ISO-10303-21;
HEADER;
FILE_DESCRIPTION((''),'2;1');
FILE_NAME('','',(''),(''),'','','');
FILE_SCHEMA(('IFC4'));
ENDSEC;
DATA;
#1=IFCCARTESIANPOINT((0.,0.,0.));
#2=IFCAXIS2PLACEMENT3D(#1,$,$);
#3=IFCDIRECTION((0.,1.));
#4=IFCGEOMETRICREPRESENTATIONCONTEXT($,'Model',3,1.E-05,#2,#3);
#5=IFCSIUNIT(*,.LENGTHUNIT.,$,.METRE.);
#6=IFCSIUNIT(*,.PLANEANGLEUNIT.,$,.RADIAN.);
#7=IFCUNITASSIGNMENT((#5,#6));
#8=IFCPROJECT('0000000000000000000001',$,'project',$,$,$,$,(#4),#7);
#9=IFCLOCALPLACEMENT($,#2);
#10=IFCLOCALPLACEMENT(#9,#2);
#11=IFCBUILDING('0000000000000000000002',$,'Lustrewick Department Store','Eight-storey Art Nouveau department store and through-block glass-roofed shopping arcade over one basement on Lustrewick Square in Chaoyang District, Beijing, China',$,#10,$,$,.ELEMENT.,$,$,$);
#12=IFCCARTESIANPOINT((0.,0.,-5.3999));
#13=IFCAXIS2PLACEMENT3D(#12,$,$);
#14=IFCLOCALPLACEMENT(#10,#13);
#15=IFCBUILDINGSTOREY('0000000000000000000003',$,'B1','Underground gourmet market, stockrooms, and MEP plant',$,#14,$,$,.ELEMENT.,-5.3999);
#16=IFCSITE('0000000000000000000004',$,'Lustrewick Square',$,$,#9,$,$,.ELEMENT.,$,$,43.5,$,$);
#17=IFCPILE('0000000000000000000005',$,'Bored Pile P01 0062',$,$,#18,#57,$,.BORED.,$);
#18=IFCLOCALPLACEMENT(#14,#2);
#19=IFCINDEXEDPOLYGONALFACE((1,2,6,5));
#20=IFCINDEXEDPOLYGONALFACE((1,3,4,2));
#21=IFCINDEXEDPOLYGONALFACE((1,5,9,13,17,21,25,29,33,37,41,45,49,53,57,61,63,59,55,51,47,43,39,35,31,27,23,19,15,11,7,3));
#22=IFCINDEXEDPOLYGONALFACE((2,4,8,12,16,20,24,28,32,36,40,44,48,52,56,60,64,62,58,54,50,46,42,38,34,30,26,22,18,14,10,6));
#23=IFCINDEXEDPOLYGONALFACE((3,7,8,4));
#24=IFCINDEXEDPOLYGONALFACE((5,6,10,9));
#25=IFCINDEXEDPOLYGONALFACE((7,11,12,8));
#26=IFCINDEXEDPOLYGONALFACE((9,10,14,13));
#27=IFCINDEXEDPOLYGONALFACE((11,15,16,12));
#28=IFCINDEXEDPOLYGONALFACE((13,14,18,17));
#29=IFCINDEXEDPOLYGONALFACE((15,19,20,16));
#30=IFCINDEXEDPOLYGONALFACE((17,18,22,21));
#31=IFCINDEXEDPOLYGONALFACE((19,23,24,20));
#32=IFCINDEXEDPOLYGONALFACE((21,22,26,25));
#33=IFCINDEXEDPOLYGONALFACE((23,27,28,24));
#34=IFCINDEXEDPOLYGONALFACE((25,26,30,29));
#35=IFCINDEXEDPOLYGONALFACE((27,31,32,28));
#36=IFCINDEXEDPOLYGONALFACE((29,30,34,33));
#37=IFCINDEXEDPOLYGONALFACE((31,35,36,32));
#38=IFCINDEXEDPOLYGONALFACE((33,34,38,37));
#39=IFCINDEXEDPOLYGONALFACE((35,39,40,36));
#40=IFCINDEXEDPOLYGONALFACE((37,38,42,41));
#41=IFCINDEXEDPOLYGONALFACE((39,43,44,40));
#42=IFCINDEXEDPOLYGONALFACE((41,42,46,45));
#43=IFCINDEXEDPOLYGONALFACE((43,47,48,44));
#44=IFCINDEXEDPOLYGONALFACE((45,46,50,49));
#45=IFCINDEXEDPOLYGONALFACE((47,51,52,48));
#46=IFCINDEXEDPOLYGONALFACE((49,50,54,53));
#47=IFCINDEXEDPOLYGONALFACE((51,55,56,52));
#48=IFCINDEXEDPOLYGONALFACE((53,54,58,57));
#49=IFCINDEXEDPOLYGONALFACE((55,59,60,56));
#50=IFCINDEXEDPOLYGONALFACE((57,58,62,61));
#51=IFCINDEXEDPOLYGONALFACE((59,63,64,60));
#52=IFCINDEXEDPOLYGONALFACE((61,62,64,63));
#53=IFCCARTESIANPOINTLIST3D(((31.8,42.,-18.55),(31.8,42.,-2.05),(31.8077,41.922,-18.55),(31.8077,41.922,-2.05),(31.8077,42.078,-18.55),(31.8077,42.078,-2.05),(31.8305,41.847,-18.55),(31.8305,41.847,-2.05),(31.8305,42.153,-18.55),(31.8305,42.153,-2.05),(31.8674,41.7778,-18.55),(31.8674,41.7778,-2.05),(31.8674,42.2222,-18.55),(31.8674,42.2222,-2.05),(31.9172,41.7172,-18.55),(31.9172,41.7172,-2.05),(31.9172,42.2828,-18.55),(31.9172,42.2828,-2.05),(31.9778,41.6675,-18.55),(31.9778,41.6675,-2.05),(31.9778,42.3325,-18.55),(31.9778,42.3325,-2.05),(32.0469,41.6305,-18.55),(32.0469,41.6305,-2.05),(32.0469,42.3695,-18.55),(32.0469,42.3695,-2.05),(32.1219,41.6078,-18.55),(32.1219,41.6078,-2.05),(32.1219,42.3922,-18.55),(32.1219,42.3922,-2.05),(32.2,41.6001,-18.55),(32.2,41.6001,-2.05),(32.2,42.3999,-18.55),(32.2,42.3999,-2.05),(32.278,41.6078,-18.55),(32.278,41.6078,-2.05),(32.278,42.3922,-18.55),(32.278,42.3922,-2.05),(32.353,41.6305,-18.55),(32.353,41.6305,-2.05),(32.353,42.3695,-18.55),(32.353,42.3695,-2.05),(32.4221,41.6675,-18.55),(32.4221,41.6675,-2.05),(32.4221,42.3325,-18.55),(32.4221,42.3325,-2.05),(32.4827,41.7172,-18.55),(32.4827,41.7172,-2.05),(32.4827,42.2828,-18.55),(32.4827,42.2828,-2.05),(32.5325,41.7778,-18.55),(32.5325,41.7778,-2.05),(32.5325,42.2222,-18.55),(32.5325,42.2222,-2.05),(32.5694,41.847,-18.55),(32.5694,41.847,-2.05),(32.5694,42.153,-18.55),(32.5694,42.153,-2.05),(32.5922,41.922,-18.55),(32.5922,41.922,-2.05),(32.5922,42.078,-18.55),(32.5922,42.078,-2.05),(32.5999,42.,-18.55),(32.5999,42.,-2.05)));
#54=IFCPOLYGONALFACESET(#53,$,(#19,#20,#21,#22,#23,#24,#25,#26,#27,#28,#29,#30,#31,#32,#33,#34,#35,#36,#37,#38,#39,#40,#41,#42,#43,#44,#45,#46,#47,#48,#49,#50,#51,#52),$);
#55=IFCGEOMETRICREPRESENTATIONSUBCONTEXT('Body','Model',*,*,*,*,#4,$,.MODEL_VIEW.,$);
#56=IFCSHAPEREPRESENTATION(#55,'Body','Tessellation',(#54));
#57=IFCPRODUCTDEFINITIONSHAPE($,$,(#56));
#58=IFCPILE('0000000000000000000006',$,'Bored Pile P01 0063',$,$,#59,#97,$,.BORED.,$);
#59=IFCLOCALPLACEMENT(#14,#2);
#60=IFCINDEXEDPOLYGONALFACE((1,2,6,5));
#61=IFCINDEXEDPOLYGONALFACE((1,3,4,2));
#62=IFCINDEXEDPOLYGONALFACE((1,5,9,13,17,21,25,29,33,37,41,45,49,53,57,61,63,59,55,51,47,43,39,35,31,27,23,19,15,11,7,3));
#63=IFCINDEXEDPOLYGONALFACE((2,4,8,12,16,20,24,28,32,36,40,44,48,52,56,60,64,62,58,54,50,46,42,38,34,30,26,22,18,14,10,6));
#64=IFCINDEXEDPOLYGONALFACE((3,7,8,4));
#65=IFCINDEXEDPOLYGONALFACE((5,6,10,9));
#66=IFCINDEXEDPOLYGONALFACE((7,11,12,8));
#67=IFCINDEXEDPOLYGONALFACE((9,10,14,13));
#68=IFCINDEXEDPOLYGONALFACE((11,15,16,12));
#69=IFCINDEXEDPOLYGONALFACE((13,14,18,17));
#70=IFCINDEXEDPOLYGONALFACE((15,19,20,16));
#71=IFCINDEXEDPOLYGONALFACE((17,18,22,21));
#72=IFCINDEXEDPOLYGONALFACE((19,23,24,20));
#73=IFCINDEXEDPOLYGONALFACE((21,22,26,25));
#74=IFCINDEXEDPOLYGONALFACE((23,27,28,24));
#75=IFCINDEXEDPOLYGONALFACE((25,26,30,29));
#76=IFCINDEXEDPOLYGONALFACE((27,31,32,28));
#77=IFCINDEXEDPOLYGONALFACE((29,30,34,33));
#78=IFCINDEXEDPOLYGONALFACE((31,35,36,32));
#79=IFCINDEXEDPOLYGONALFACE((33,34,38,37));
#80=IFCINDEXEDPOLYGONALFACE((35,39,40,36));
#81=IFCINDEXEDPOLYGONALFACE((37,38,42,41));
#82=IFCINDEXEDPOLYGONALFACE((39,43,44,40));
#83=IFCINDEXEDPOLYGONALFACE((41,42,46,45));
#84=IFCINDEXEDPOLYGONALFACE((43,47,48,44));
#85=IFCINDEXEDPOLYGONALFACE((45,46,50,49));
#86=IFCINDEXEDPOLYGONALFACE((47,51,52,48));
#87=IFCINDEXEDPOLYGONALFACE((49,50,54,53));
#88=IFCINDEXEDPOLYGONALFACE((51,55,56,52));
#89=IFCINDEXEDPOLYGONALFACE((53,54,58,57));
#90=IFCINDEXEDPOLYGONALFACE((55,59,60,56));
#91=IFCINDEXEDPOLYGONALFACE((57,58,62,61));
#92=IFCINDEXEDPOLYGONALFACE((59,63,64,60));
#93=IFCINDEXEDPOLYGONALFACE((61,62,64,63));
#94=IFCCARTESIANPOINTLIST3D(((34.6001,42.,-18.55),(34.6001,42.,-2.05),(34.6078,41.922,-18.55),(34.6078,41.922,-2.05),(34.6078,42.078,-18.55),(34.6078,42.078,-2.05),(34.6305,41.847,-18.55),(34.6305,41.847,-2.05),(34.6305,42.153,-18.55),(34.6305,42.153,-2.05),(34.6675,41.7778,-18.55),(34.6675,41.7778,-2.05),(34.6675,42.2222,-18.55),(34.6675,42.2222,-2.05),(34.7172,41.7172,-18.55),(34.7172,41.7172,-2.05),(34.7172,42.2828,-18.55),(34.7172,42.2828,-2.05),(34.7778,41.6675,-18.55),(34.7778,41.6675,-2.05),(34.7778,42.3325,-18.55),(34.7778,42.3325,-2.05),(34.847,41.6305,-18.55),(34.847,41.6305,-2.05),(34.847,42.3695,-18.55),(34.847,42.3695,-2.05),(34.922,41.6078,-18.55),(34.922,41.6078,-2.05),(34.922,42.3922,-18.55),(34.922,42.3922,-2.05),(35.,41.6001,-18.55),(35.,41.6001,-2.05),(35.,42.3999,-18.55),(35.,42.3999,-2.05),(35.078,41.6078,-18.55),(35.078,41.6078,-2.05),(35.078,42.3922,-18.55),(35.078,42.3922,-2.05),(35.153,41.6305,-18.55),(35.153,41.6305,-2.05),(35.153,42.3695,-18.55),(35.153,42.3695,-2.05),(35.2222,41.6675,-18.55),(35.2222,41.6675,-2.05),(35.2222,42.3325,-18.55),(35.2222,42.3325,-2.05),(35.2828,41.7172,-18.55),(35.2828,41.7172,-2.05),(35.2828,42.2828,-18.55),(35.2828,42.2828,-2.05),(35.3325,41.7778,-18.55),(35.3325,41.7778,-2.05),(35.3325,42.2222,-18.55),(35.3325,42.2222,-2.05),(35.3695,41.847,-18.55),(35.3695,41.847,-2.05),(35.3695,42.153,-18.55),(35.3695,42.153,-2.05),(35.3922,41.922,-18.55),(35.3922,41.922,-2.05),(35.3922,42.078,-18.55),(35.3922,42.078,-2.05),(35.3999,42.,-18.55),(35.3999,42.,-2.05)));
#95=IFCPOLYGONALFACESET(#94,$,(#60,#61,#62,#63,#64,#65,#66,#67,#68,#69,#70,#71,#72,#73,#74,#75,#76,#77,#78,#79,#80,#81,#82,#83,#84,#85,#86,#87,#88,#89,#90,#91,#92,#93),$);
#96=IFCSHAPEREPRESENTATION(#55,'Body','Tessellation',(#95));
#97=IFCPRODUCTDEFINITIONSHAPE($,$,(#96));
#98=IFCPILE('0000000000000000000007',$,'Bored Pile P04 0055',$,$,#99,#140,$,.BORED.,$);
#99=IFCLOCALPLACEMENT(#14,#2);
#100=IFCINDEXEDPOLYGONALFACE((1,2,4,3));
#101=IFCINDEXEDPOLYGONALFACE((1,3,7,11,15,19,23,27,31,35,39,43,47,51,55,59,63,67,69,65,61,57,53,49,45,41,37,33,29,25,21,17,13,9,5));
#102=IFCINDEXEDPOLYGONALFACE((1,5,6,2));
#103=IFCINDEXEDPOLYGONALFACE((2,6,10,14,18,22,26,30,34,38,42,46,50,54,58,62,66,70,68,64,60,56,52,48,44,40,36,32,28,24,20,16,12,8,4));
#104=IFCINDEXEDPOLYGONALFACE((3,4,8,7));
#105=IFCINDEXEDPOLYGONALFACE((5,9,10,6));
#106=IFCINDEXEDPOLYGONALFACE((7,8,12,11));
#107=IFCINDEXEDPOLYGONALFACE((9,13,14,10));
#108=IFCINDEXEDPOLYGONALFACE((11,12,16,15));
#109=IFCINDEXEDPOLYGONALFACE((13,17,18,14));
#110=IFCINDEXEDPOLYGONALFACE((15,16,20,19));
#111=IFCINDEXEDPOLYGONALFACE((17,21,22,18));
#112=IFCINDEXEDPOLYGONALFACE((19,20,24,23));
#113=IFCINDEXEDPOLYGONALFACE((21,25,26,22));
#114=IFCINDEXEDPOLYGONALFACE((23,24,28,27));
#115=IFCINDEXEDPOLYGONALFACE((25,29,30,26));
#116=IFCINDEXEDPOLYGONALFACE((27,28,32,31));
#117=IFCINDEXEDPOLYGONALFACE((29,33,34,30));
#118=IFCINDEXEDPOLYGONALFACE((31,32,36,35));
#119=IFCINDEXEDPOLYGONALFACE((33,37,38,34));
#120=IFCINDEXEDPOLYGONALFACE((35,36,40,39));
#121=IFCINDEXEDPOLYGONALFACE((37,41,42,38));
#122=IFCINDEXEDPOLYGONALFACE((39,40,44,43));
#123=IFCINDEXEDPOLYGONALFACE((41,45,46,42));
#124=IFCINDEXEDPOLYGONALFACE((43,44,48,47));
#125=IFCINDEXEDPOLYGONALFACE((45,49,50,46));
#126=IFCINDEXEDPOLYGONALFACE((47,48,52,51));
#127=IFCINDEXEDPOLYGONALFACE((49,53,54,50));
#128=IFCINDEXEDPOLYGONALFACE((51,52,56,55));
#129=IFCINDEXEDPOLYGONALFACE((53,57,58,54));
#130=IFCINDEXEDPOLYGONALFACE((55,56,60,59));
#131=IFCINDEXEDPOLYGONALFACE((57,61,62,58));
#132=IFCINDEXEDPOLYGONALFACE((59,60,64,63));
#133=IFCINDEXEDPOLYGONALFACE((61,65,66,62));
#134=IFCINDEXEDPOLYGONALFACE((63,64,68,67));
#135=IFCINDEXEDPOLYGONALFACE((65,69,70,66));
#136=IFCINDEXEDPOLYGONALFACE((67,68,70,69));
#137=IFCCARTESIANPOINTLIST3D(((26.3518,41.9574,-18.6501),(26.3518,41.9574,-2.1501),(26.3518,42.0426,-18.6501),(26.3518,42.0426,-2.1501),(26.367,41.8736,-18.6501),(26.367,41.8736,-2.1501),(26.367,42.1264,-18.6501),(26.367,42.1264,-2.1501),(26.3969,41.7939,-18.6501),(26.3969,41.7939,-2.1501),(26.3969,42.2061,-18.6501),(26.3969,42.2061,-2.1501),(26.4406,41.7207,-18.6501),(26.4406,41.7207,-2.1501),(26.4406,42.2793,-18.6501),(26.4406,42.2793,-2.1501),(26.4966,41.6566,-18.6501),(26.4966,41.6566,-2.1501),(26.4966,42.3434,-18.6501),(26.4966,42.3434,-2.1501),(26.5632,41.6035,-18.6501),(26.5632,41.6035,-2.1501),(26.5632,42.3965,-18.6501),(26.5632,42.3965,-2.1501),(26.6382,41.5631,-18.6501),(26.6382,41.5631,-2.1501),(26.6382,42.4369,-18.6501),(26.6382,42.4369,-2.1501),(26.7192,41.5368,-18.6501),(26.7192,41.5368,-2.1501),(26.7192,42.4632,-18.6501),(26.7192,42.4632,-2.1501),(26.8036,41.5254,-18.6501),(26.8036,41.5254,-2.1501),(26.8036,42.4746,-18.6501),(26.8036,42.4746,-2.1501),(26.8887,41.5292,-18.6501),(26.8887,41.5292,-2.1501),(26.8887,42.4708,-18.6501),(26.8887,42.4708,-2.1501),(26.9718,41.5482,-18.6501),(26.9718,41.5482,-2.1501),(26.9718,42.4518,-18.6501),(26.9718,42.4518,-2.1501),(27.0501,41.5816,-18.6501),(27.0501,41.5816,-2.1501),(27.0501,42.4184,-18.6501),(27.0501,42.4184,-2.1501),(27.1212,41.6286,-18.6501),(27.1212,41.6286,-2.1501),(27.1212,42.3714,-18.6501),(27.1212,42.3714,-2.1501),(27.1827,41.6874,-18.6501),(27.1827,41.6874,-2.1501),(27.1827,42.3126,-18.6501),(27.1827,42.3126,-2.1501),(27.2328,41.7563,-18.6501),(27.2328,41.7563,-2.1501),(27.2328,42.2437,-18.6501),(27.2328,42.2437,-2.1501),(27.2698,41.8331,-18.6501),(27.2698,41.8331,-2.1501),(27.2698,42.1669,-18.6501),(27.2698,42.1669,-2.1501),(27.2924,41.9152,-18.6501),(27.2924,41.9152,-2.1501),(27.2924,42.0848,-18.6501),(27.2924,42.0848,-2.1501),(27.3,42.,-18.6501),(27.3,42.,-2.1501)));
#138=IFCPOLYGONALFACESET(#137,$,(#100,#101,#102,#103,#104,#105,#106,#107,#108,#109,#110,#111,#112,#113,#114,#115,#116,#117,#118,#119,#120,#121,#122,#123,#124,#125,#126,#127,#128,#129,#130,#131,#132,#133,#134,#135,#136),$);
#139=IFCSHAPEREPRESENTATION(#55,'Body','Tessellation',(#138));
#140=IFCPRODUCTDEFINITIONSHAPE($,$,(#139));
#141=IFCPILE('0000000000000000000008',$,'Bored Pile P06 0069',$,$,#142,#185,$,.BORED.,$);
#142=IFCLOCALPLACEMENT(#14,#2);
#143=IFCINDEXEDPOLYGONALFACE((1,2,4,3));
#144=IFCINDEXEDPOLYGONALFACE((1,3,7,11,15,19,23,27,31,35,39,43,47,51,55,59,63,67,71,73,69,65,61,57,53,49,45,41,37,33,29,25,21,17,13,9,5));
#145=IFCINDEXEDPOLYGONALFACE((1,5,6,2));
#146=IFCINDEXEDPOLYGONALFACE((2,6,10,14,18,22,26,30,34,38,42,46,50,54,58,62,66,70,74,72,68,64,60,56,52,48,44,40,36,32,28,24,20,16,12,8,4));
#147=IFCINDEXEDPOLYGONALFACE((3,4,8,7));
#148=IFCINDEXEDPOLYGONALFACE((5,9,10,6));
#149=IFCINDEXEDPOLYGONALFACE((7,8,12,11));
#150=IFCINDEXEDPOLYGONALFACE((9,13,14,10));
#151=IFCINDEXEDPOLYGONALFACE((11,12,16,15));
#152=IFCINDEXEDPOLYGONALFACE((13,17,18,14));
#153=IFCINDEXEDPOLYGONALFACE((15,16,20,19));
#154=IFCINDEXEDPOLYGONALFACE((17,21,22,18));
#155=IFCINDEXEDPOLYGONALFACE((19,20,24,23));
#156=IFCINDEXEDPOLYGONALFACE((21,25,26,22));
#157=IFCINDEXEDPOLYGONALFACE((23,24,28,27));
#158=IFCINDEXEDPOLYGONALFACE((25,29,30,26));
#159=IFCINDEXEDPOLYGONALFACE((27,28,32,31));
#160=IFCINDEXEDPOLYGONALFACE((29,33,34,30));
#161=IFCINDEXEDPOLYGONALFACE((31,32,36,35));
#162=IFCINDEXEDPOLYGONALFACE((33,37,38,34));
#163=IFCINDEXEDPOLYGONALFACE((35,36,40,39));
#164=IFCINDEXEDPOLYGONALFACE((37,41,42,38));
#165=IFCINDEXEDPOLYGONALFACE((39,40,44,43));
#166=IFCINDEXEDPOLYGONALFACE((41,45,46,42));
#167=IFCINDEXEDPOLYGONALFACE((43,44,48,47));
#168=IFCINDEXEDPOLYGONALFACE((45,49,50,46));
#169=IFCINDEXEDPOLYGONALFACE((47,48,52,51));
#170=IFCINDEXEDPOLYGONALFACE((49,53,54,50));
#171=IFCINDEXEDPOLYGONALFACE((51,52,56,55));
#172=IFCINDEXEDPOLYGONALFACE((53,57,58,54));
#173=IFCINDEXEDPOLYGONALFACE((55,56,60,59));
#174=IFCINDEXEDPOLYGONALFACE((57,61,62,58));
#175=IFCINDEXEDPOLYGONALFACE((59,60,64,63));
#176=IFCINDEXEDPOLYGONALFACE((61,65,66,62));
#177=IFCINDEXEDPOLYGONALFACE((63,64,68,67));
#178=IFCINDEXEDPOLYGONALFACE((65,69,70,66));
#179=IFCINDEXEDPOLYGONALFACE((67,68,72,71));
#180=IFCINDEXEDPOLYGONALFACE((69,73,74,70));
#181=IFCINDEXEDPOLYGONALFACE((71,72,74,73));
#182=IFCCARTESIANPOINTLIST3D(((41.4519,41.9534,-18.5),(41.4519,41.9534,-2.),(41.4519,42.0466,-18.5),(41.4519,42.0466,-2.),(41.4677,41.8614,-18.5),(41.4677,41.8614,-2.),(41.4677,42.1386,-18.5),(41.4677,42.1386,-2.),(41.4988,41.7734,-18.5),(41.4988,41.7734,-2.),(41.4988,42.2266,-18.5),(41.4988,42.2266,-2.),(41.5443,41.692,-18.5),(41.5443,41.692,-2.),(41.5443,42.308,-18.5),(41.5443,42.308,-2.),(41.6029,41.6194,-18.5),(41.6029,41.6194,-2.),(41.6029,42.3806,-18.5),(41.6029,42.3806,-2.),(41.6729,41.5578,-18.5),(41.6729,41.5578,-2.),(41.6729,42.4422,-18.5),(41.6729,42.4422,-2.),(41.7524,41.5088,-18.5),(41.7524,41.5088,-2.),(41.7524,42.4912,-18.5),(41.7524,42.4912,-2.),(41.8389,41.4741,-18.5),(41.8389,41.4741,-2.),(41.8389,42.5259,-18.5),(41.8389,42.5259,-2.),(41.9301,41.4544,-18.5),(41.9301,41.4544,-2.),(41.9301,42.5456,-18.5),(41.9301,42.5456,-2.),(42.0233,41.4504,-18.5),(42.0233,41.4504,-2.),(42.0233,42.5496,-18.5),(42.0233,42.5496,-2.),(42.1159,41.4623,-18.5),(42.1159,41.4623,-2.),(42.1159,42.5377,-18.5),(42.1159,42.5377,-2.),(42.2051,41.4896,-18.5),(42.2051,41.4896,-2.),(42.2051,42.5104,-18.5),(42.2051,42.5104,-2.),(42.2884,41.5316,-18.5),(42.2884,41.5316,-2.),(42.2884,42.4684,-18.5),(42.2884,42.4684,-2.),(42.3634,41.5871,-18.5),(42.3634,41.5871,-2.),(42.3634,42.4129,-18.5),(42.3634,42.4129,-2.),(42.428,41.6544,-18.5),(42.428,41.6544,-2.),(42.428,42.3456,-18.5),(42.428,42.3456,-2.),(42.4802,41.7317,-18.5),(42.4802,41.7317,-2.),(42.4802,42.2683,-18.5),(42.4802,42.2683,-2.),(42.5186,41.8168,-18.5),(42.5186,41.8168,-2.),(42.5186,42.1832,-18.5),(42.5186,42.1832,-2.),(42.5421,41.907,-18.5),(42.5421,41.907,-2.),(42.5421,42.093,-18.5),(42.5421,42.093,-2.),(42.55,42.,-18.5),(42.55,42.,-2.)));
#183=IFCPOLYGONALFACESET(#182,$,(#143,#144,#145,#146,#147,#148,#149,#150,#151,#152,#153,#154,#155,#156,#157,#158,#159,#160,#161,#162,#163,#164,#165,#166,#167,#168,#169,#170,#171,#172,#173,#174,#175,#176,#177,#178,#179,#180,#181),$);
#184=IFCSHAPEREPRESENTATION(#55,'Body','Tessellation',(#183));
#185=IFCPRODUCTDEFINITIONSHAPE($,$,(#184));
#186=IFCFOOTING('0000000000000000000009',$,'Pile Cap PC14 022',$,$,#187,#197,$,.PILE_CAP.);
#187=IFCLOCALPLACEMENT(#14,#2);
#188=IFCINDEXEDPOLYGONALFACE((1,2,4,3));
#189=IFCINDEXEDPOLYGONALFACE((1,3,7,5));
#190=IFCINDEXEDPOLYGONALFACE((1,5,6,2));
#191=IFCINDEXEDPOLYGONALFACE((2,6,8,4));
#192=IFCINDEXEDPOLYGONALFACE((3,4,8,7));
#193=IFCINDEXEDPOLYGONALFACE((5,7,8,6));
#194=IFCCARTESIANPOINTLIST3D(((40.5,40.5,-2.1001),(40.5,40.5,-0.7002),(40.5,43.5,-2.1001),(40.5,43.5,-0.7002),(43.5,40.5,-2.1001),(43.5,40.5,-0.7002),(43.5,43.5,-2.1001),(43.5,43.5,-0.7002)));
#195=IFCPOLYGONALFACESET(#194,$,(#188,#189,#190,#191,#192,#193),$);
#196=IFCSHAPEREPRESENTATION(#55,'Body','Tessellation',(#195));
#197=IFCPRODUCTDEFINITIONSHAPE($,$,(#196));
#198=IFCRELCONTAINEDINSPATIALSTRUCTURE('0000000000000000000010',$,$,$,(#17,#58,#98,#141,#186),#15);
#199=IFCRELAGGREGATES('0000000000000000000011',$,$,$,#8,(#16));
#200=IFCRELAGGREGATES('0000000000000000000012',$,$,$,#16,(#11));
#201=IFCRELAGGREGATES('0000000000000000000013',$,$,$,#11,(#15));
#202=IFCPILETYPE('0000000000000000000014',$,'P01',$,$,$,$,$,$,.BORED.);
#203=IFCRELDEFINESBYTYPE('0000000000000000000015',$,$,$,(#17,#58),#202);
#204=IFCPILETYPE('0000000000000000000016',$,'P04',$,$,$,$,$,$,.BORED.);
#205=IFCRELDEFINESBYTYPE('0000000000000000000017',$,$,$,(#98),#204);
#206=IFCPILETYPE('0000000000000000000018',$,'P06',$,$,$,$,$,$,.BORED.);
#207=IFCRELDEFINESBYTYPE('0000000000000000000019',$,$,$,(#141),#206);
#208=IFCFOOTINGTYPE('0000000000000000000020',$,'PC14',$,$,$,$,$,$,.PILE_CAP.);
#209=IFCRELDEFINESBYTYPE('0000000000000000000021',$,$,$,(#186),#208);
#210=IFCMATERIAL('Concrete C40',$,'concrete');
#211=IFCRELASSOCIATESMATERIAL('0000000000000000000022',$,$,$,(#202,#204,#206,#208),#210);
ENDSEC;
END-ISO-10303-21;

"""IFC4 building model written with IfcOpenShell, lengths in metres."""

from ifc_helpers import new_model, si_unit, direction, frame, origin, origin_2d, place, context, subcontext, project, spatial, rectangle, circle, extrude, material, material_profile, profile_set, type_object, element, save


model = new_model("IFC4")

# Units and contexts
model_context = context("Model", 3, precision=1e-05, world=origin(), true_north=direction((0.0, 1.0)))
body_context = subcontext(model_context, "Body", "Model", "MODEL_VIEW")
ifc_project = project(units=[si_unit("LENGTHUNIT", "METRE"), si_unit("PLANEANGLEUNIT", "RADIAN")], contexts=[model_context])

# Site, building, storey
site_placement = place(None, origin())
site = spatial("IfcSite", under=ifc_project, at=site_placement, Name="Lustrewick Square", CompositionType="ELEMENT", RefElevation=43.5)
building_placement = place(site_placement, origin())
building = spatial("IfcBuilding", under=site, at=building_placement, Name="Lustrewick Department Store", Description="Eight-storey Art Nouveau department store and through-block glass-roofed shopping arcade over one basement on Lustrewick Square in Chaoyang District, Beijing, China", CompositionType="ELEMENT")
storey_placement = place(building_placement, frame((0.0, 0.0, -5.3999)))
storey = spatial("IfcBuildingStorey", under=building, at=storey_placement, Name="B1", Description="Underground gourmet market, stockrooms, and MEP plant", CompositionType="ELEMENT", Elevation=-5.3999)

# Piles
ifc_material_1 = material(Name="Concrete C40", Category="concrete")
ifc_material_profile_1 = material_profile(ifc_material_1, circle(Radius=0.3999, at=origin_2d()), Name="PILE D800")
ifc_profile_set_1 = profile_set([ifc_material_profile_1], Name="Concrete C40")
pile_type_1 = type_object("IfcPileType", Name="P01", PredefinedType="BORED", material=ifc_profile_set_1)
for number, where, z_axis, x_axis, name in (
    (1, (32.2, 42.0, -2.05), (0.0, 0.0, -1.0), (1.0, 0.0, 0.0), "Bored Pile P01 0062"),
    (2, (35.0, 42.0, -2.05), (0.0, 0.0, -1.0), (1.0, 0.0, 0.0), "Bored Pile P01 0063"),
):
    element("IfcPile", number, at=place(storey_placement, frame(where, z_axis=z_axis, x_axis=x_axis)), inside=storey, type_object=pile_type_1, Name=name, PredefinedType="BORED", context=body_context, shape_type="SweptSolid", body=[
        extrude(circle(Radius=0.3999, at=origin_2d()), origin(), (0.0, 0.0, 1.0), 16.5),
    ])
ifc_material_profile_2 = material_profile(ifc_material_1, circle(Radius=0.4751, at=origin_2d()), Name="PILE D950")
ifc_profile_set_2 = profile_set([ifc_material_profile_2], Name="Concrete C40")
pile_type_2 = type_object("IfcPileType", Name="P04", PredefinedType="BORED", material=ifc_profile_set_2)
pile_1_placement = place(storey_placement, frame((26.825, 42.0, -2.1501), z_axis=(0.0, 0.0, -1.0), x_axis=(1.0, 0.0, 0.0)))
element("IfcPile", 3, at=pile_1_placement, inside=storey, type_object=pile_type_2, Name="Bored Pile P04 0055", PredefinedType="BORED", context=body_context, shape_type="SweptSolid", body=[
    extrude(circle(Radius=0.4751, at=origin_2d()), origin(), (0.0, 0.0, 1.0), 16.5),
])
ifc_material_profile_3 = material_profile(ifc_material_1, circle(Radius=0.55, at=origin_2d()), Name="PILE D1100")
ifc_profile_set_3 = profile_set([ifc_material_profile_3], Name="Concrete C40")
pile_type_3 = type_object("IfcPileType", Name="P06", PredefinedType="BORED", material=ifc_profile_set_3)
pile_2_placement = place(storey_placement, frame((42.0, 42.0, -2.0), z_axis=(0.0, 0.0, -1.0), x_axis=(1.0, 0.0, 0.0)))
element("IfcPile", 4, at=pile_2_placement, inside=storey, type_object=pile_type_3, Name="Bored Pile P06 0069", PredefinedType="BORED", context=body_context, shape_type="SweptSolid", body=[
    extrude(circle(Radius=0.55, at=origin_2d()), origin(), (0.0, 0.0, 1.0), 16.5),
])

# Footing
footing_type_1 = type_object("IfcFootingType", Name="PC14", PredefinedType="PILE_CAP", material=ifc_material_1)
footing_1_placement = place(storey_placement, frame((42.0, 42.0, -2.1001), z_axis=(0.0, 0.0, 1.0), x_axis=(1.0, 0.0, 0.0)))
element("IfcFooting", 5, at=footing_1_placement, inside=storey, type_object=footing_type_1, Name="Pile Cap PC14 022", PredefinedType="PILE_CAP", context=body_context, shape_type="SweptSolid", body=[
    extrude(rectangle(XDim=3.0, YDim=3.0, at=origin_2d()), origin(), (0.0, 0.0, 1.0), 1.3999),
])

save(model, "model.ifc")
